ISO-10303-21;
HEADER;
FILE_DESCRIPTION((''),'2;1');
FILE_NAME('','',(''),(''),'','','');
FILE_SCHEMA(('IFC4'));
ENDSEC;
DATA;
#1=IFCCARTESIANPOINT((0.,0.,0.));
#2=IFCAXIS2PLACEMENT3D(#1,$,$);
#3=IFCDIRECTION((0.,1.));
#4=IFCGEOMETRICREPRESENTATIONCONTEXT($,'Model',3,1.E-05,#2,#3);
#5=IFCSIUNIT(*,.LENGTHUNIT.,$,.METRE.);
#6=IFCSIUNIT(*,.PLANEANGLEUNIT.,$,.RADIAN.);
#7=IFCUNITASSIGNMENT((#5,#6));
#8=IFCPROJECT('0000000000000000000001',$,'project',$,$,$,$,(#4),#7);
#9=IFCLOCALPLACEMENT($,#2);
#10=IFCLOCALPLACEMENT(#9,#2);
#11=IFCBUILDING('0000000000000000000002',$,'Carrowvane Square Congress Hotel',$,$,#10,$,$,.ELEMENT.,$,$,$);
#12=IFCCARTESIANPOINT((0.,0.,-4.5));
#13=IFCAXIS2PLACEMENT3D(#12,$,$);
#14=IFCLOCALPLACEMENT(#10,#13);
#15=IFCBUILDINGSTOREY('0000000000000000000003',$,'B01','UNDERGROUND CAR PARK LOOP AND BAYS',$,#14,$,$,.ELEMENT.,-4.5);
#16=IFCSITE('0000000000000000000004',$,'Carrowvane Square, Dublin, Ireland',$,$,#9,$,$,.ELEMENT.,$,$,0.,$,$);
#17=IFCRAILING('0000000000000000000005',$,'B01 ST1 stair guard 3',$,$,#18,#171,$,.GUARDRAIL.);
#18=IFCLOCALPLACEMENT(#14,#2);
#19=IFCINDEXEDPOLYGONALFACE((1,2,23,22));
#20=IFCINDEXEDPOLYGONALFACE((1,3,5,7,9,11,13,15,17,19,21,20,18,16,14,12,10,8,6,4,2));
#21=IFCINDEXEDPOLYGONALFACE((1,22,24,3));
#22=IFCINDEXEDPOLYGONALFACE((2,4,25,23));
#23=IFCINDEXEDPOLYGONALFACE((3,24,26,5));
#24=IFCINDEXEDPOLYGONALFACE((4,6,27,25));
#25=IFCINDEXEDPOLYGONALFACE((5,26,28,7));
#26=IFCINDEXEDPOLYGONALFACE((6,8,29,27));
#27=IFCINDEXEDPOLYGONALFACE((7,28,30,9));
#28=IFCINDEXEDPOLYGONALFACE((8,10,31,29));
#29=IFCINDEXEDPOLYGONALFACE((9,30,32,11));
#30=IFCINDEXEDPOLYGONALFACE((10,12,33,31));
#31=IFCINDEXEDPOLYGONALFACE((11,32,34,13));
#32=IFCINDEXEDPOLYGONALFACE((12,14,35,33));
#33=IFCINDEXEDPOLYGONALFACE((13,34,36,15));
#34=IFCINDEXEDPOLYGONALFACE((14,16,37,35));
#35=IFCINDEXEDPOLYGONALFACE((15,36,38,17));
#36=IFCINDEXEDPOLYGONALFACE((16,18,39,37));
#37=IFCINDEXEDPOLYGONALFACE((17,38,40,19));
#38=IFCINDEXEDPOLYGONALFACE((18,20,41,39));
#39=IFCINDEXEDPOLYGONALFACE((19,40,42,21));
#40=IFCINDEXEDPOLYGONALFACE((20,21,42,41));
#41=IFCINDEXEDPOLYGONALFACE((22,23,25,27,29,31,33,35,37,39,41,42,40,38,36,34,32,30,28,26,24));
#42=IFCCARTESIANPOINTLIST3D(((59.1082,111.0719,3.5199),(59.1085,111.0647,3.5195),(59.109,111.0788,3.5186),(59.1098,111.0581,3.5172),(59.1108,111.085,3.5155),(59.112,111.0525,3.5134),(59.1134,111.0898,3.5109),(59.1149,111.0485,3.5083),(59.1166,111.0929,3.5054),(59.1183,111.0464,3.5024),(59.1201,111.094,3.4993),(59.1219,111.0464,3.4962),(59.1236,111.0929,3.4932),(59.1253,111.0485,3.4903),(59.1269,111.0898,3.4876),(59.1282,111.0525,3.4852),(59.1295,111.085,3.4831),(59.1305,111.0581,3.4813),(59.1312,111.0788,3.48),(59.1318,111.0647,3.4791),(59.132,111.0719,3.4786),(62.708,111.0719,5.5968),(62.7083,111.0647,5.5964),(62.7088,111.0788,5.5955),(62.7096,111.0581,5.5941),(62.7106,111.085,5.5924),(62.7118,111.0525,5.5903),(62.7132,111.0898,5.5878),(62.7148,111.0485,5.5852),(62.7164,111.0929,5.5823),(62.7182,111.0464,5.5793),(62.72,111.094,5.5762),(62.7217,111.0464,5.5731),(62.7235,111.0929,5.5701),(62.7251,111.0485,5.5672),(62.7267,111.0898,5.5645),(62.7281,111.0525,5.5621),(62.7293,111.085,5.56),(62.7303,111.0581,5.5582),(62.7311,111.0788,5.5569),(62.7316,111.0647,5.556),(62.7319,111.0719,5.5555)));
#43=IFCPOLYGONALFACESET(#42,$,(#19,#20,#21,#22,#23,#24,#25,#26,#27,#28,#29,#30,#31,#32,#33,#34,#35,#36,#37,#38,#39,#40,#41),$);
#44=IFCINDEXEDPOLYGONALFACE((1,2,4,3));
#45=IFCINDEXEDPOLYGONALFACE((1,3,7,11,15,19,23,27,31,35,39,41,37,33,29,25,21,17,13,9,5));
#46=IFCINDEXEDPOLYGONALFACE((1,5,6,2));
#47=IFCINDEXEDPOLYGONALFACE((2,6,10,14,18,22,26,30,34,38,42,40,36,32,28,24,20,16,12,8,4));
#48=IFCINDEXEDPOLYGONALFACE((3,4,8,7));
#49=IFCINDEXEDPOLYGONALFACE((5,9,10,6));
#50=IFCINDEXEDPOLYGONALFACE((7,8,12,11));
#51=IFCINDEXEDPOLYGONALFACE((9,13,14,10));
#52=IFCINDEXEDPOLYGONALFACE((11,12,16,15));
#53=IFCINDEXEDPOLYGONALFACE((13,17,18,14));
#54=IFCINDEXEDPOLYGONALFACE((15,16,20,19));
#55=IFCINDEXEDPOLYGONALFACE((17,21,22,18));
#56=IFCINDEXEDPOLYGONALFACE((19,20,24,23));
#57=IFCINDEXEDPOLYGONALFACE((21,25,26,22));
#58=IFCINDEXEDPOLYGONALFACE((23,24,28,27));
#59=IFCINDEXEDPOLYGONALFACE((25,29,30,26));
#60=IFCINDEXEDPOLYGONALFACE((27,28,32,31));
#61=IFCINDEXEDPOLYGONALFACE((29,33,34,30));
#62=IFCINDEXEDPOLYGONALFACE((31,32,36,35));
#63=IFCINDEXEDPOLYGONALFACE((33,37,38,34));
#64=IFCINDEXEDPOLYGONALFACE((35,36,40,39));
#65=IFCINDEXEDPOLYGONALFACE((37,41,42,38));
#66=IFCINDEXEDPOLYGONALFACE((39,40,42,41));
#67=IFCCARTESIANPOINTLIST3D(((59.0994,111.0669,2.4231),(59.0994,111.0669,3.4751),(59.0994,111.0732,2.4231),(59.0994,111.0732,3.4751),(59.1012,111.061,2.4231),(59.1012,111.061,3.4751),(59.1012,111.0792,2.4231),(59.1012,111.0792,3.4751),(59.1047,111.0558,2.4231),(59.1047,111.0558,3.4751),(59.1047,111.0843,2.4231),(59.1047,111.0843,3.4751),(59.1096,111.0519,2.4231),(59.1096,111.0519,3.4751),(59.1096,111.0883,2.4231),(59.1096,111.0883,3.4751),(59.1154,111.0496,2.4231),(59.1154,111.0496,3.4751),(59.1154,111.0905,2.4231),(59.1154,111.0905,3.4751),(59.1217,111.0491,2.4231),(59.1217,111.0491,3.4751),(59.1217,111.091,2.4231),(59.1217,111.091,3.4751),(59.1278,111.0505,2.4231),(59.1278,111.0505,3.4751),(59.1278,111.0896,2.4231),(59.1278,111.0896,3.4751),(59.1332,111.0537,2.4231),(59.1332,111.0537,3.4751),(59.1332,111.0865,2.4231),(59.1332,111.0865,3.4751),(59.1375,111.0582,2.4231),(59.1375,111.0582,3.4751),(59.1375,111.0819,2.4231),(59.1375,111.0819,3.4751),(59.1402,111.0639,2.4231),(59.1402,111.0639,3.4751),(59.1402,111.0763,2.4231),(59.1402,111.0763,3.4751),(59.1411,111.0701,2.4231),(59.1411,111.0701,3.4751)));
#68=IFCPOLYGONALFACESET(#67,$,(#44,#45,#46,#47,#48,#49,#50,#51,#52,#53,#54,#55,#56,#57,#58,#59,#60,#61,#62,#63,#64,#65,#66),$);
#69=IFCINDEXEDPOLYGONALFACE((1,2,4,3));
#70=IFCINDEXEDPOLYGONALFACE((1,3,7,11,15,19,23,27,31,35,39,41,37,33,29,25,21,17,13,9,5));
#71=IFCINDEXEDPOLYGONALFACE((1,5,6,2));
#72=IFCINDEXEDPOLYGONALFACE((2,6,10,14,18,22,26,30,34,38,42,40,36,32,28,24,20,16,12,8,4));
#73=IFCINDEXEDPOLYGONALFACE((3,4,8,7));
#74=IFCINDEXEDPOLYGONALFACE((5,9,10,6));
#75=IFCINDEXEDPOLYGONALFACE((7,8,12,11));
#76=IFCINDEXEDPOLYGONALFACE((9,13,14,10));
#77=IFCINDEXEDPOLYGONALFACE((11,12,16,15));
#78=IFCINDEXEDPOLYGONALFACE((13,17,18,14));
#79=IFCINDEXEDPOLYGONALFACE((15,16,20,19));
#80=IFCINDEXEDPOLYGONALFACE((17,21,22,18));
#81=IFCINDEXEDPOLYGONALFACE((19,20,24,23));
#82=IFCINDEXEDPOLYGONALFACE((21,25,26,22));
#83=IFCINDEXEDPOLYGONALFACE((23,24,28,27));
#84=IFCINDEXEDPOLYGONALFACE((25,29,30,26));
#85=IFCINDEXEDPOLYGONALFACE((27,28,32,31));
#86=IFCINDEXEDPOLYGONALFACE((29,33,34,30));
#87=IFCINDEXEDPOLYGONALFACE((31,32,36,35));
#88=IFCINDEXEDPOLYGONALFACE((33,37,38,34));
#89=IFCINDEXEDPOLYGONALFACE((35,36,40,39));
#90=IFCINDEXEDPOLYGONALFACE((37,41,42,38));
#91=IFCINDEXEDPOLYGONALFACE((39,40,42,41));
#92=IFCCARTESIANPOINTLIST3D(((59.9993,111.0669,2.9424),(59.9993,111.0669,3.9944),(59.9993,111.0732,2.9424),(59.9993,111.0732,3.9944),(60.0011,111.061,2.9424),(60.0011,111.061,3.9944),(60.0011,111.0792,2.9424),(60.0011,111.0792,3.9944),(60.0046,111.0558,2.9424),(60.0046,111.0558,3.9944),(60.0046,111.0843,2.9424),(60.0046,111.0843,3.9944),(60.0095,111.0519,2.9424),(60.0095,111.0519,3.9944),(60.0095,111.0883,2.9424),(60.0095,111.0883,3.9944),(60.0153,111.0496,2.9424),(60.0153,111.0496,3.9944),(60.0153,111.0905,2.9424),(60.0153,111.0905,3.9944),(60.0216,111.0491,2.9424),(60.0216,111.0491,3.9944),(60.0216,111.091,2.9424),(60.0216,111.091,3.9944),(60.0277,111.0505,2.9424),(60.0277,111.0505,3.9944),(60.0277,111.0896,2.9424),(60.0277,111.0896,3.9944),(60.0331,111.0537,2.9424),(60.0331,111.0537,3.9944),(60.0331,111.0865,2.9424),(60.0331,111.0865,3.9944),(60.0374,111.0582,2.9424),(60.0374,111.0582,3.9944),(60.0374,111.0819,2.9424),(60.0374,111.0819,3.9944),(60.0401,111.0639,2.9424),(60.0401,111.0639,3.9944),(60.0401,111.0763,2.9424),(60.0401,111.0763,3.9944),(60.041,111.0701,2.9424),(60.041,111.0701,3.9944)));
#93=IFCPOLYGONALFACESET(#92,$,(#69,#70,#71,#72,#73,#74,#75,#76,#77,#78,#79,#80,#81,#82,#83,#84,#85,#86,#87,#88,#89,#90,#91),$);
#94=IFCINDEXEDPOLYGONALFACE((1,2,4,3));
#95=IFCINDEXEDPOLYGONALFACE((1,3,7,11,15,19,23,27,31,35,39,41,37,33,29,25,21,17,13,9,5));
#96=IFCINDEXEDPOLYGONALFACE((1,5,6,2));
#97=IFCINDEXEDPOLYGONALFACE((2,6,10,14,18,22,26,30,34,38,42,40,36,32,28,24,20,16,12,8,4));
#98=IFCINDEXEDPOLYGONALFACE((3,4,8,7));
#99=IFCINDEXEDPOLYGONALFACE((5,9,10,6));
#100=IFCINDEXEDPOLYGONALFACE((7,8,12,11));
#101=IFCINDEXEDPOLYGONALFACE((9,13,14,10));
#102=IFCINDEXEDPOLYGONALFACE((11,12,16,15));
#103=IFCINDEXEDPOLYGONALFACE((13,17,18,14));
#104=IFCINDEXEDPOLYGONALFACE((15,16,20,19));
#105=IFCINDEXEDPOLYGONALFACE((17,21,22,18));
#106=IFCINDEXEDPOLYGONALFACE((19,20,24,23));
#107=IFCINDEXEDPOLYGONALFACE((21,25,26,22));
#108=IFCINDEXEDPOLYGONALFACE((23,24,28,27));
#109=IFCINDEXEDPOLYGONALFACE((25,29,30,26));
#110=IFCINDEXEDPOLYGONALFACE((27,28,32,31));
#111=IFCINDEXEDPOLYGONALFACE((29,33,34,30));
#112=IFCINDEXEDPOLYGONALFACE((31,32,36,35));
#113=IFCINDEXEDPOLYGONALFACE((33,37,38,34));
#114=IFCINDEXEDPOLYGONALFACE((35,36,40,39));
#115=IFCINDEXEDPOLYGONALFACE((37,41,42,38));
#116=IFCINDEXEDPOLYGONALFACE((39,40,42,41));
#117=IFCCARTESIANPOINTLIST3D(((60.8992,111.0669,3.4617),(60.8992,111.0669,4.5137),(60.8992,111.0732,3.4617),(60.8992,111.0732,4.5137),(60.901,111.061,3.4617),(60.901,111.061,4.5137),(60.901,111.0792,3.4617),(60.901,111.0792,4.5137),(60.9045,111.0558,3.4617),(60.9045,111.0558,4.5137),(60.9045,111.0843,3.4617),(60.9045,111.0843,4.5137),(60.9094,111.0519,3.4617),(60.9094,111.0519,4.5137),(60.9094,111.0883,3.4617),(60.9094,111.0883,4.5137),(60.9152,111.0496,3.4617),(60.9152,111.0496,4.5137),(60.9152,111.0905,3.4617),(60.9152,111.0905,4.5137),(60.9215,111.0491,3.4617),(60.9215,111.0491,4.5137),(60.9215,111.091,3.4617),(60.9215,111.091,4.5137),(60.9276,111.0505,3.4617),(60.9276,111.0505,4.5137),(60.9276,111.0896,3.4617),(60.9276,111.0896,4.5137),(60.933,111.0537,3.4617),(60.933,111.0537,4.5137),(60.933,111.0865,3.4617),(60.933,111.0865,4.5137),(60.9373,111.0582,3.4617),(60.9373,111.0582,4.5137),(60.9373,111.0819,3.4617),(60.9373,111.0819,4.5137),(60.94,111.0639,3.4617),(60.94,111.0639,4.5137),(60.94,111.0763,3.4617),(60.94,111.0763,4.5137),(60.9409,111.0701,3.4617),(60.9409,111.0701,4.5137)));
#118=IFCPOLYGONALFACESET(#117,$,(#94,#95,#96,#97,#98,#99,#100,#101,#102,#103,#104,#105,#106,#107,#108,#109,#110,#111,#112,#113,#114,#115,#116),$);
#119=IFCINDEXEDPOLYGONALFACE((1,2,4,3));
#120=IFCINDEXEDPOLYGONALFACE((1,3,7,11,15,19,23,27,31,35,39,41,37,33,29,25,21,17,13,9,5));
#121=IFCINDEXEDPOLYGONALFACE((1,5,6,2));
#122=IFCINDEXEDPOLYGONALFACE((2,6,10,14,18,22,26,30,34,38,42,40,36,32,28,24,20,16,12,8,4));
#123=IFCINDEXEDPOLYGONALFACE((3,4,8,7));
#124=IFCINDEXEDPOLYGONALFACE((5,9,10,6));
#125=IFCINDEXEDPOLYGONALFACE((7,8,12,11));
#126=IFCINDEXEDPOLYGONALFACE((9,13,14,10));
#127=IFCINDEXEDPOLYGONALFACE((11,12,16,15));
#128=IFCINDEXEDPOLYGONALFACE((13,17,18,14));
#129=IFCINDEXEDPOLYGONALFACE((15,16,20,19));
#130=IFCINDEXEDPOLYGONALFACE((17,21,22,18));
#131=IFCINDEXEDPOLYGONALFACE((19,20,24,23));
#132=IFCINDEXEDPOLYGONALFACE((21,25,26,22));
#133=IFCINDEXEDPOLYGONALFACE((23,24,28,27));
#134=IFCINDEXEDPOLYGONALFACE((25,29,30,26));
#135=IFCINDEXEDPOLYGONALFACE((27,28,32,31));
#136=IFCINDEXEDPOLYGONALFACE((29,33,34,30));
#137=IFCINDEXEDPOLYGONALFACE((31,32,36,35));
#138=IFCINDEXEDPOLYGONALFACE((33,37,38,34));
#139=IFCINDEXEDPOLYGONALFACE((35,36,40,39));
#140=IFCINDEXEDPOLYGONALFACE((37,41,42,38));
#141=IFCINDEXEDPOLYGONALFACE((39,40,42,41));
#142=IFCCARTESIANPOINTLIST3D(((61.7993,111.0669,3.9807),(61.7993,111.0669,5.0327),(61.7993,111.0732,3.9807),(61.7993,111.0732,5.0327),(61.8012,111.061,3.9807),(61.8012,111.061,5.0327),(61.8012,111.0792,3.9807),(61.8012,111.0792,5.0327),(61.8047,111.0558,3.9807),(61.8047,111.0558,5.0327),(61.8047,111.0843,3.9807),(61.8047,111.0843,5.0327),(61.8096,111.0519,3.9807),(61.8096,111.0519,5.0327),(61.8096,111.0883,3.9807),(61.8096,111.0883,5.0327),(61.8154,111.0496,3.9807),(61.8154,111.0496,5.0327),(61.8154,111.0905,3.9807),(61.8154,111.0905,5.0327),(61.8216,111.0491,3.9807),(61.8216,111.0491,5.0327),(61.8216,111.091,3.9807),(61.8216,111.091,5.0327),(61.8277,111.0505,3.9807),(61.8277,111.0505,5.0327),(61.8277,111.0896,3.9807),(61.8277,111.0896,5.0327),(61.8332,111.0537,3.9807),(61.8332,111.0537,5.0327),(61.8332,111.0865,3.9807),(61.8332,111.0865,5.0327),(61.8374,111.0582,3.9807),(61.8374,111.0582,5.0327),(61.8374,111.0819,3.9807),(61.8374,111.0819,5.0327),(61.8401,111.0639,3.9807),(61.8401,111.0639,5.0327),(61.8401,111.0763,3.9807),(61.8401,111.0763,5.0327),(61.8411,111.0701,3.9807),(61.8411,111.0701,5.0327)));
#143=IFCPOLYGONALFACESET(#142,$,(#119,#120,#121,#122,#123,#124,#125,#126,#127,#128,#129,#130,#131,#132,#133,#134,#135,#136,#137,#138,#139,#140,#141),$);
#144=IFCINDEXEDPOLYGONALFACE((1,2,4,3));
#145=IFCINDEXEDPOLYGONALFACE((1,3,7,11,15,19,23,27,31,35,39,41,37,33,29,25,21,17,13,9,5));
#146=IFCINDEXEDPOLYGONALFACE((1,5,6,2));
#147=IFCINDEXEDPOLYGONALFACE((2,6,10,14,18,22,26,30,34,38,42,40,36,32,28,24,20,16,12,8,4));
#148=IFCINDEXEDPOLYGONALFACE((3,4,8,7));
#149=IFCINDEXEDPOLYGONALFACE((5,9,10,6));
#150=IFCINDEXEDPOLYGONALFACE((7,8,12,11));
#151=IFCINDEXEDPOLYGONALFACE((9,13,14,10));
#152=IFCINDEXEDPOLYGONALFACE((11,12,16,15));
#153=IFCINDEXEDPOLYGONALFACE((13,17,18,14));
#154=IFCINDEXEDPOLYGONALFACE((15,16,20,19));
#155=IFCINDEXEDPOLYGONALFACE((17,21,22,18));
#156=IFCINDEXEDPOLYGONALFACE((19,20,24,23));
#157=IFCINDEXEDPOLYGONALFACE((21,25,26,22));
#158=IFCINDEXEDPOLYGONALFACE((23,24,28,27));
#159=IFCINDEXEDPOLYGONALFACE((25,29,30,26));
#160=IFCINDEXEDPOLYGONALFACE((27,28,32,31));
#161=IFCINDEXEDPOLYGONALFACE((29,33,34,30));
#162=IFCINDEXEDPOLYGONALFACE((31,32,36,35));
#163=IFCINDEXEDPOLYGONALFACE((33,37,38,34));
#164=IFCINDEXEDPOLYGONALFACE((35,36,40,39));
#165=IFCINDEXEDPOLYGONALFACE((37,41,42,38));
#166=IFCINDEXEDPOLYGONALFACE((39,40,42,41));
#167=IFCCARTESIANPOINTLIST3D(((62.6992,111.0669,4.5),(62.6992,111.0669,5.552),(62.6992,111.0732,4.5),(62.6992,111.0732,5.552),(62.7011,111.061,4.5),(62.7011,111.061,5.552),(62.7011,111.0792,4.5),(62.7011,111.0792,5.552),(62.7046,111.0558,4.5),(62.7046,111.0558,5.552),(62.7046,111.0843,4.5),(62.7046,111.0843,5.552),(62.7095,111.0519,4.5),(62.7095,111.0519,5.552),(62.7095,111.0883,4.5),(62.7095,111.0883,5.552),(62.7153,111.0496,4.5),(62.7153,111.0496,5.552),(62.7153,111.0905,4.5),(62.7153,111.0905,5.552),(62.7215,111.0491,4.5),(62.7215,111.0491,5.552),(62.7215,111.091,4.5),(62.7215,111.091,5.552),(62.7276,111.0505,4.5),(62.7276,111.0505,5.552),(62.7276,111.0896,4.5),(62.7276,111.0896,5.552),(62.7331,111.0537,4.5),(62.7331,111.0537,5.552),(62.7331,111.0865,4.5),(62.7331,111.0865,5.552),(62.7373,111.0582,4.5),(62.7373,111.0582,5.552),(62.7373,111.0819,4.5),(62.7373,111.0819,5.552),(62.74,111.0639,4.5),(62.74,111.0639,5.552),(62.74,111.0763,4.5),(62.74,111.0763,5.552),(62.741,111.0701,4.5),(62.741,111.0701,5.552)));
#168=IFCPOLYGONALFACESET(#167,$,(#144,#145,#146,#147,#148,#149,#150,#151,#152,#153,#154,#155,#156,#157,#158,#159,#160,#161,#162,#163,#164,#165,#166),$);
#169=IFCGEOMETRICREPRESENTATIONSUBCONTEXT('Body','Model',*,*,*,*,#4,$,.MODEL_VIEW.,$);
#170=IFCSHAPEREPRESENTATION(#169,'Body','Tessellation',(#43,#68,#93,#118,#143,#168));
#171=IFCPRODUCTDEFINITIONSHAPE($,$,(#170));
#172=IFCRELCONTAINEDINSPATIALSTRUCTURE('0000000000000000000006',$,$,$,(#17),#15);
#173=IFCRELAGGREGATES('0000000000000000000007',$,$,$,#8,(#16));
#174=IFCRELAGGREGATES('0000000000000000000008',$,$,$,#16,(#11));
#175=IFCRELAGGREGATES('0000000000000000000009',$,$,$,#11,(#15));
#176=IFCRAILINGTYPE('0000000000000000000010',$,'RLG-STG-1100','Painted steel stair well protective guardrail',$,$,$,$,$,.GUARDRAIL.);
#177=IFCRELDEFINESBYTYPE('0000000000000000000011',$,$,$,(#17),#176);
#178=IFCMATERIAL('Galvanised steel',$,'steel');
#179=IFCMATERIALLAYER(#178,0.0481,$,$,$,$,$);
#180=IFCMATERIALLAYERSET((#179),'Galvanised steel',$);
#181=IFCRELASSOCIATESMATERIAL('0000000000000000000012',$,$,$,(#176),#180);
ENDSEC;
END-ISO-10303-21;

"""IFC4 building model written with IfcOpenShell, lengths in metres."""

from ifc_helpers import new_model, si_unit, direction, frame, origin, origin_2d, place, context, subcontext, project, spatial, circle, extrude, material, layer, layer_set, type_object, element, save


model = new_model("IFC4")

# Units and contexts
model_context = context("Model", 3, precision=1e-05, world=origin(), true_north=direction((0.0, 1.0)))
body_context = subcontext(model_context, "Body", "Model", "MODEL_VIEW")
ifc_project = project(units=[si_unit("LENGTHUNIT", "METRE"), si_unit("PLANEANGLEUNIT", "RADIAN")], contexts=[model_context])

# Site, building, storey
site_placement = place(None, origin())
site = spatial("IfcSite", under=ifc_project, at=site_placement, Name="Carrowvane Square, Dublin, Ireland", CompositionType="ELEMENT", RefElevation=0.0)
building_placement = place(site_placement, origin())
building = spatial("IfcBuilding", under=site, at=building_placement, Name="Carrowvane Square Congress Hotel", CompositionType="ELEMENT")
storey_placement = place(building_placement, frame((0.0, 0.0, -4.5)))
storey = spatial("IfcBuildingStorey", under=building, at=storey_placement, Name="B01", Description="UNDERGROUND CAR PARK LOOP AND BAYS", CompositionType="ELEMENT", Elevation=-4.5)

# Railing
ifc_material_1 = material(Name="Galvanised steel", Category="steel")
ifc_layer_1 = layer(ifc_material_1, 0.0481)
ifc_layer_set_1 = layer_set([ifc_layer_1], Name="Galvanised steel")
railing_type_1 = type_object("IfcRailingType", Name="RLG-STG-1100", Description="Painted steel stair well protective guardrail", PredefinedType="GUARDRAIL", material=ifc_layer_set_1)
railing_1_placement = place(storey_placement, frame((59.1201, 111.0701, 2.4231)))
element("IfcRailing", 1, at=railing_1_placement, inside=storey, type_object=railing_type_1, Name="B01 ST1 stair guard 3", PredefinedType="GUARDRAIL", context=body_context, shape_type="SweptSolid", body=[
    extrude(circle(Radius=0.0239, at=origin_2d()), frame((0.0, 0.0, 1.0762), z_axis=(0.866179, 0.0, 0.499734), x_axis=(0.0, 1.0, 0.0)), (0.0, 0.0, 1.0), 4.156),
    extrude(circle(Radius=0.021, at=origin_2d()), origin(), (0.0, 0.0, 1.0), 1.052),
    extrude(circle(Radius=0.021, at=origin_2d()), frame((0.8999, 0.0, 0.5193)), (0.0, 0.0, 1.0), 1.052),
    extrude(circle(Radius=0.021, at=origin_2d()), frame((1.7998, 0.0, 1.0386)), (0.0, 0.0, 1.0), 1.052),
    extrude(circle(Radius=0.021, at=origin_2d()), frame((2.7, 0.0, 1.5576)), (0.0, 0.0, 1.0), 1.052),
    extrude(circle(Radius=0.021, at=origin_2d()), frame((3.5999, 0.0, 2.0769)), (0.0, 0.0, 1.0), 1.052),
])

save(model, "model.ifc")
